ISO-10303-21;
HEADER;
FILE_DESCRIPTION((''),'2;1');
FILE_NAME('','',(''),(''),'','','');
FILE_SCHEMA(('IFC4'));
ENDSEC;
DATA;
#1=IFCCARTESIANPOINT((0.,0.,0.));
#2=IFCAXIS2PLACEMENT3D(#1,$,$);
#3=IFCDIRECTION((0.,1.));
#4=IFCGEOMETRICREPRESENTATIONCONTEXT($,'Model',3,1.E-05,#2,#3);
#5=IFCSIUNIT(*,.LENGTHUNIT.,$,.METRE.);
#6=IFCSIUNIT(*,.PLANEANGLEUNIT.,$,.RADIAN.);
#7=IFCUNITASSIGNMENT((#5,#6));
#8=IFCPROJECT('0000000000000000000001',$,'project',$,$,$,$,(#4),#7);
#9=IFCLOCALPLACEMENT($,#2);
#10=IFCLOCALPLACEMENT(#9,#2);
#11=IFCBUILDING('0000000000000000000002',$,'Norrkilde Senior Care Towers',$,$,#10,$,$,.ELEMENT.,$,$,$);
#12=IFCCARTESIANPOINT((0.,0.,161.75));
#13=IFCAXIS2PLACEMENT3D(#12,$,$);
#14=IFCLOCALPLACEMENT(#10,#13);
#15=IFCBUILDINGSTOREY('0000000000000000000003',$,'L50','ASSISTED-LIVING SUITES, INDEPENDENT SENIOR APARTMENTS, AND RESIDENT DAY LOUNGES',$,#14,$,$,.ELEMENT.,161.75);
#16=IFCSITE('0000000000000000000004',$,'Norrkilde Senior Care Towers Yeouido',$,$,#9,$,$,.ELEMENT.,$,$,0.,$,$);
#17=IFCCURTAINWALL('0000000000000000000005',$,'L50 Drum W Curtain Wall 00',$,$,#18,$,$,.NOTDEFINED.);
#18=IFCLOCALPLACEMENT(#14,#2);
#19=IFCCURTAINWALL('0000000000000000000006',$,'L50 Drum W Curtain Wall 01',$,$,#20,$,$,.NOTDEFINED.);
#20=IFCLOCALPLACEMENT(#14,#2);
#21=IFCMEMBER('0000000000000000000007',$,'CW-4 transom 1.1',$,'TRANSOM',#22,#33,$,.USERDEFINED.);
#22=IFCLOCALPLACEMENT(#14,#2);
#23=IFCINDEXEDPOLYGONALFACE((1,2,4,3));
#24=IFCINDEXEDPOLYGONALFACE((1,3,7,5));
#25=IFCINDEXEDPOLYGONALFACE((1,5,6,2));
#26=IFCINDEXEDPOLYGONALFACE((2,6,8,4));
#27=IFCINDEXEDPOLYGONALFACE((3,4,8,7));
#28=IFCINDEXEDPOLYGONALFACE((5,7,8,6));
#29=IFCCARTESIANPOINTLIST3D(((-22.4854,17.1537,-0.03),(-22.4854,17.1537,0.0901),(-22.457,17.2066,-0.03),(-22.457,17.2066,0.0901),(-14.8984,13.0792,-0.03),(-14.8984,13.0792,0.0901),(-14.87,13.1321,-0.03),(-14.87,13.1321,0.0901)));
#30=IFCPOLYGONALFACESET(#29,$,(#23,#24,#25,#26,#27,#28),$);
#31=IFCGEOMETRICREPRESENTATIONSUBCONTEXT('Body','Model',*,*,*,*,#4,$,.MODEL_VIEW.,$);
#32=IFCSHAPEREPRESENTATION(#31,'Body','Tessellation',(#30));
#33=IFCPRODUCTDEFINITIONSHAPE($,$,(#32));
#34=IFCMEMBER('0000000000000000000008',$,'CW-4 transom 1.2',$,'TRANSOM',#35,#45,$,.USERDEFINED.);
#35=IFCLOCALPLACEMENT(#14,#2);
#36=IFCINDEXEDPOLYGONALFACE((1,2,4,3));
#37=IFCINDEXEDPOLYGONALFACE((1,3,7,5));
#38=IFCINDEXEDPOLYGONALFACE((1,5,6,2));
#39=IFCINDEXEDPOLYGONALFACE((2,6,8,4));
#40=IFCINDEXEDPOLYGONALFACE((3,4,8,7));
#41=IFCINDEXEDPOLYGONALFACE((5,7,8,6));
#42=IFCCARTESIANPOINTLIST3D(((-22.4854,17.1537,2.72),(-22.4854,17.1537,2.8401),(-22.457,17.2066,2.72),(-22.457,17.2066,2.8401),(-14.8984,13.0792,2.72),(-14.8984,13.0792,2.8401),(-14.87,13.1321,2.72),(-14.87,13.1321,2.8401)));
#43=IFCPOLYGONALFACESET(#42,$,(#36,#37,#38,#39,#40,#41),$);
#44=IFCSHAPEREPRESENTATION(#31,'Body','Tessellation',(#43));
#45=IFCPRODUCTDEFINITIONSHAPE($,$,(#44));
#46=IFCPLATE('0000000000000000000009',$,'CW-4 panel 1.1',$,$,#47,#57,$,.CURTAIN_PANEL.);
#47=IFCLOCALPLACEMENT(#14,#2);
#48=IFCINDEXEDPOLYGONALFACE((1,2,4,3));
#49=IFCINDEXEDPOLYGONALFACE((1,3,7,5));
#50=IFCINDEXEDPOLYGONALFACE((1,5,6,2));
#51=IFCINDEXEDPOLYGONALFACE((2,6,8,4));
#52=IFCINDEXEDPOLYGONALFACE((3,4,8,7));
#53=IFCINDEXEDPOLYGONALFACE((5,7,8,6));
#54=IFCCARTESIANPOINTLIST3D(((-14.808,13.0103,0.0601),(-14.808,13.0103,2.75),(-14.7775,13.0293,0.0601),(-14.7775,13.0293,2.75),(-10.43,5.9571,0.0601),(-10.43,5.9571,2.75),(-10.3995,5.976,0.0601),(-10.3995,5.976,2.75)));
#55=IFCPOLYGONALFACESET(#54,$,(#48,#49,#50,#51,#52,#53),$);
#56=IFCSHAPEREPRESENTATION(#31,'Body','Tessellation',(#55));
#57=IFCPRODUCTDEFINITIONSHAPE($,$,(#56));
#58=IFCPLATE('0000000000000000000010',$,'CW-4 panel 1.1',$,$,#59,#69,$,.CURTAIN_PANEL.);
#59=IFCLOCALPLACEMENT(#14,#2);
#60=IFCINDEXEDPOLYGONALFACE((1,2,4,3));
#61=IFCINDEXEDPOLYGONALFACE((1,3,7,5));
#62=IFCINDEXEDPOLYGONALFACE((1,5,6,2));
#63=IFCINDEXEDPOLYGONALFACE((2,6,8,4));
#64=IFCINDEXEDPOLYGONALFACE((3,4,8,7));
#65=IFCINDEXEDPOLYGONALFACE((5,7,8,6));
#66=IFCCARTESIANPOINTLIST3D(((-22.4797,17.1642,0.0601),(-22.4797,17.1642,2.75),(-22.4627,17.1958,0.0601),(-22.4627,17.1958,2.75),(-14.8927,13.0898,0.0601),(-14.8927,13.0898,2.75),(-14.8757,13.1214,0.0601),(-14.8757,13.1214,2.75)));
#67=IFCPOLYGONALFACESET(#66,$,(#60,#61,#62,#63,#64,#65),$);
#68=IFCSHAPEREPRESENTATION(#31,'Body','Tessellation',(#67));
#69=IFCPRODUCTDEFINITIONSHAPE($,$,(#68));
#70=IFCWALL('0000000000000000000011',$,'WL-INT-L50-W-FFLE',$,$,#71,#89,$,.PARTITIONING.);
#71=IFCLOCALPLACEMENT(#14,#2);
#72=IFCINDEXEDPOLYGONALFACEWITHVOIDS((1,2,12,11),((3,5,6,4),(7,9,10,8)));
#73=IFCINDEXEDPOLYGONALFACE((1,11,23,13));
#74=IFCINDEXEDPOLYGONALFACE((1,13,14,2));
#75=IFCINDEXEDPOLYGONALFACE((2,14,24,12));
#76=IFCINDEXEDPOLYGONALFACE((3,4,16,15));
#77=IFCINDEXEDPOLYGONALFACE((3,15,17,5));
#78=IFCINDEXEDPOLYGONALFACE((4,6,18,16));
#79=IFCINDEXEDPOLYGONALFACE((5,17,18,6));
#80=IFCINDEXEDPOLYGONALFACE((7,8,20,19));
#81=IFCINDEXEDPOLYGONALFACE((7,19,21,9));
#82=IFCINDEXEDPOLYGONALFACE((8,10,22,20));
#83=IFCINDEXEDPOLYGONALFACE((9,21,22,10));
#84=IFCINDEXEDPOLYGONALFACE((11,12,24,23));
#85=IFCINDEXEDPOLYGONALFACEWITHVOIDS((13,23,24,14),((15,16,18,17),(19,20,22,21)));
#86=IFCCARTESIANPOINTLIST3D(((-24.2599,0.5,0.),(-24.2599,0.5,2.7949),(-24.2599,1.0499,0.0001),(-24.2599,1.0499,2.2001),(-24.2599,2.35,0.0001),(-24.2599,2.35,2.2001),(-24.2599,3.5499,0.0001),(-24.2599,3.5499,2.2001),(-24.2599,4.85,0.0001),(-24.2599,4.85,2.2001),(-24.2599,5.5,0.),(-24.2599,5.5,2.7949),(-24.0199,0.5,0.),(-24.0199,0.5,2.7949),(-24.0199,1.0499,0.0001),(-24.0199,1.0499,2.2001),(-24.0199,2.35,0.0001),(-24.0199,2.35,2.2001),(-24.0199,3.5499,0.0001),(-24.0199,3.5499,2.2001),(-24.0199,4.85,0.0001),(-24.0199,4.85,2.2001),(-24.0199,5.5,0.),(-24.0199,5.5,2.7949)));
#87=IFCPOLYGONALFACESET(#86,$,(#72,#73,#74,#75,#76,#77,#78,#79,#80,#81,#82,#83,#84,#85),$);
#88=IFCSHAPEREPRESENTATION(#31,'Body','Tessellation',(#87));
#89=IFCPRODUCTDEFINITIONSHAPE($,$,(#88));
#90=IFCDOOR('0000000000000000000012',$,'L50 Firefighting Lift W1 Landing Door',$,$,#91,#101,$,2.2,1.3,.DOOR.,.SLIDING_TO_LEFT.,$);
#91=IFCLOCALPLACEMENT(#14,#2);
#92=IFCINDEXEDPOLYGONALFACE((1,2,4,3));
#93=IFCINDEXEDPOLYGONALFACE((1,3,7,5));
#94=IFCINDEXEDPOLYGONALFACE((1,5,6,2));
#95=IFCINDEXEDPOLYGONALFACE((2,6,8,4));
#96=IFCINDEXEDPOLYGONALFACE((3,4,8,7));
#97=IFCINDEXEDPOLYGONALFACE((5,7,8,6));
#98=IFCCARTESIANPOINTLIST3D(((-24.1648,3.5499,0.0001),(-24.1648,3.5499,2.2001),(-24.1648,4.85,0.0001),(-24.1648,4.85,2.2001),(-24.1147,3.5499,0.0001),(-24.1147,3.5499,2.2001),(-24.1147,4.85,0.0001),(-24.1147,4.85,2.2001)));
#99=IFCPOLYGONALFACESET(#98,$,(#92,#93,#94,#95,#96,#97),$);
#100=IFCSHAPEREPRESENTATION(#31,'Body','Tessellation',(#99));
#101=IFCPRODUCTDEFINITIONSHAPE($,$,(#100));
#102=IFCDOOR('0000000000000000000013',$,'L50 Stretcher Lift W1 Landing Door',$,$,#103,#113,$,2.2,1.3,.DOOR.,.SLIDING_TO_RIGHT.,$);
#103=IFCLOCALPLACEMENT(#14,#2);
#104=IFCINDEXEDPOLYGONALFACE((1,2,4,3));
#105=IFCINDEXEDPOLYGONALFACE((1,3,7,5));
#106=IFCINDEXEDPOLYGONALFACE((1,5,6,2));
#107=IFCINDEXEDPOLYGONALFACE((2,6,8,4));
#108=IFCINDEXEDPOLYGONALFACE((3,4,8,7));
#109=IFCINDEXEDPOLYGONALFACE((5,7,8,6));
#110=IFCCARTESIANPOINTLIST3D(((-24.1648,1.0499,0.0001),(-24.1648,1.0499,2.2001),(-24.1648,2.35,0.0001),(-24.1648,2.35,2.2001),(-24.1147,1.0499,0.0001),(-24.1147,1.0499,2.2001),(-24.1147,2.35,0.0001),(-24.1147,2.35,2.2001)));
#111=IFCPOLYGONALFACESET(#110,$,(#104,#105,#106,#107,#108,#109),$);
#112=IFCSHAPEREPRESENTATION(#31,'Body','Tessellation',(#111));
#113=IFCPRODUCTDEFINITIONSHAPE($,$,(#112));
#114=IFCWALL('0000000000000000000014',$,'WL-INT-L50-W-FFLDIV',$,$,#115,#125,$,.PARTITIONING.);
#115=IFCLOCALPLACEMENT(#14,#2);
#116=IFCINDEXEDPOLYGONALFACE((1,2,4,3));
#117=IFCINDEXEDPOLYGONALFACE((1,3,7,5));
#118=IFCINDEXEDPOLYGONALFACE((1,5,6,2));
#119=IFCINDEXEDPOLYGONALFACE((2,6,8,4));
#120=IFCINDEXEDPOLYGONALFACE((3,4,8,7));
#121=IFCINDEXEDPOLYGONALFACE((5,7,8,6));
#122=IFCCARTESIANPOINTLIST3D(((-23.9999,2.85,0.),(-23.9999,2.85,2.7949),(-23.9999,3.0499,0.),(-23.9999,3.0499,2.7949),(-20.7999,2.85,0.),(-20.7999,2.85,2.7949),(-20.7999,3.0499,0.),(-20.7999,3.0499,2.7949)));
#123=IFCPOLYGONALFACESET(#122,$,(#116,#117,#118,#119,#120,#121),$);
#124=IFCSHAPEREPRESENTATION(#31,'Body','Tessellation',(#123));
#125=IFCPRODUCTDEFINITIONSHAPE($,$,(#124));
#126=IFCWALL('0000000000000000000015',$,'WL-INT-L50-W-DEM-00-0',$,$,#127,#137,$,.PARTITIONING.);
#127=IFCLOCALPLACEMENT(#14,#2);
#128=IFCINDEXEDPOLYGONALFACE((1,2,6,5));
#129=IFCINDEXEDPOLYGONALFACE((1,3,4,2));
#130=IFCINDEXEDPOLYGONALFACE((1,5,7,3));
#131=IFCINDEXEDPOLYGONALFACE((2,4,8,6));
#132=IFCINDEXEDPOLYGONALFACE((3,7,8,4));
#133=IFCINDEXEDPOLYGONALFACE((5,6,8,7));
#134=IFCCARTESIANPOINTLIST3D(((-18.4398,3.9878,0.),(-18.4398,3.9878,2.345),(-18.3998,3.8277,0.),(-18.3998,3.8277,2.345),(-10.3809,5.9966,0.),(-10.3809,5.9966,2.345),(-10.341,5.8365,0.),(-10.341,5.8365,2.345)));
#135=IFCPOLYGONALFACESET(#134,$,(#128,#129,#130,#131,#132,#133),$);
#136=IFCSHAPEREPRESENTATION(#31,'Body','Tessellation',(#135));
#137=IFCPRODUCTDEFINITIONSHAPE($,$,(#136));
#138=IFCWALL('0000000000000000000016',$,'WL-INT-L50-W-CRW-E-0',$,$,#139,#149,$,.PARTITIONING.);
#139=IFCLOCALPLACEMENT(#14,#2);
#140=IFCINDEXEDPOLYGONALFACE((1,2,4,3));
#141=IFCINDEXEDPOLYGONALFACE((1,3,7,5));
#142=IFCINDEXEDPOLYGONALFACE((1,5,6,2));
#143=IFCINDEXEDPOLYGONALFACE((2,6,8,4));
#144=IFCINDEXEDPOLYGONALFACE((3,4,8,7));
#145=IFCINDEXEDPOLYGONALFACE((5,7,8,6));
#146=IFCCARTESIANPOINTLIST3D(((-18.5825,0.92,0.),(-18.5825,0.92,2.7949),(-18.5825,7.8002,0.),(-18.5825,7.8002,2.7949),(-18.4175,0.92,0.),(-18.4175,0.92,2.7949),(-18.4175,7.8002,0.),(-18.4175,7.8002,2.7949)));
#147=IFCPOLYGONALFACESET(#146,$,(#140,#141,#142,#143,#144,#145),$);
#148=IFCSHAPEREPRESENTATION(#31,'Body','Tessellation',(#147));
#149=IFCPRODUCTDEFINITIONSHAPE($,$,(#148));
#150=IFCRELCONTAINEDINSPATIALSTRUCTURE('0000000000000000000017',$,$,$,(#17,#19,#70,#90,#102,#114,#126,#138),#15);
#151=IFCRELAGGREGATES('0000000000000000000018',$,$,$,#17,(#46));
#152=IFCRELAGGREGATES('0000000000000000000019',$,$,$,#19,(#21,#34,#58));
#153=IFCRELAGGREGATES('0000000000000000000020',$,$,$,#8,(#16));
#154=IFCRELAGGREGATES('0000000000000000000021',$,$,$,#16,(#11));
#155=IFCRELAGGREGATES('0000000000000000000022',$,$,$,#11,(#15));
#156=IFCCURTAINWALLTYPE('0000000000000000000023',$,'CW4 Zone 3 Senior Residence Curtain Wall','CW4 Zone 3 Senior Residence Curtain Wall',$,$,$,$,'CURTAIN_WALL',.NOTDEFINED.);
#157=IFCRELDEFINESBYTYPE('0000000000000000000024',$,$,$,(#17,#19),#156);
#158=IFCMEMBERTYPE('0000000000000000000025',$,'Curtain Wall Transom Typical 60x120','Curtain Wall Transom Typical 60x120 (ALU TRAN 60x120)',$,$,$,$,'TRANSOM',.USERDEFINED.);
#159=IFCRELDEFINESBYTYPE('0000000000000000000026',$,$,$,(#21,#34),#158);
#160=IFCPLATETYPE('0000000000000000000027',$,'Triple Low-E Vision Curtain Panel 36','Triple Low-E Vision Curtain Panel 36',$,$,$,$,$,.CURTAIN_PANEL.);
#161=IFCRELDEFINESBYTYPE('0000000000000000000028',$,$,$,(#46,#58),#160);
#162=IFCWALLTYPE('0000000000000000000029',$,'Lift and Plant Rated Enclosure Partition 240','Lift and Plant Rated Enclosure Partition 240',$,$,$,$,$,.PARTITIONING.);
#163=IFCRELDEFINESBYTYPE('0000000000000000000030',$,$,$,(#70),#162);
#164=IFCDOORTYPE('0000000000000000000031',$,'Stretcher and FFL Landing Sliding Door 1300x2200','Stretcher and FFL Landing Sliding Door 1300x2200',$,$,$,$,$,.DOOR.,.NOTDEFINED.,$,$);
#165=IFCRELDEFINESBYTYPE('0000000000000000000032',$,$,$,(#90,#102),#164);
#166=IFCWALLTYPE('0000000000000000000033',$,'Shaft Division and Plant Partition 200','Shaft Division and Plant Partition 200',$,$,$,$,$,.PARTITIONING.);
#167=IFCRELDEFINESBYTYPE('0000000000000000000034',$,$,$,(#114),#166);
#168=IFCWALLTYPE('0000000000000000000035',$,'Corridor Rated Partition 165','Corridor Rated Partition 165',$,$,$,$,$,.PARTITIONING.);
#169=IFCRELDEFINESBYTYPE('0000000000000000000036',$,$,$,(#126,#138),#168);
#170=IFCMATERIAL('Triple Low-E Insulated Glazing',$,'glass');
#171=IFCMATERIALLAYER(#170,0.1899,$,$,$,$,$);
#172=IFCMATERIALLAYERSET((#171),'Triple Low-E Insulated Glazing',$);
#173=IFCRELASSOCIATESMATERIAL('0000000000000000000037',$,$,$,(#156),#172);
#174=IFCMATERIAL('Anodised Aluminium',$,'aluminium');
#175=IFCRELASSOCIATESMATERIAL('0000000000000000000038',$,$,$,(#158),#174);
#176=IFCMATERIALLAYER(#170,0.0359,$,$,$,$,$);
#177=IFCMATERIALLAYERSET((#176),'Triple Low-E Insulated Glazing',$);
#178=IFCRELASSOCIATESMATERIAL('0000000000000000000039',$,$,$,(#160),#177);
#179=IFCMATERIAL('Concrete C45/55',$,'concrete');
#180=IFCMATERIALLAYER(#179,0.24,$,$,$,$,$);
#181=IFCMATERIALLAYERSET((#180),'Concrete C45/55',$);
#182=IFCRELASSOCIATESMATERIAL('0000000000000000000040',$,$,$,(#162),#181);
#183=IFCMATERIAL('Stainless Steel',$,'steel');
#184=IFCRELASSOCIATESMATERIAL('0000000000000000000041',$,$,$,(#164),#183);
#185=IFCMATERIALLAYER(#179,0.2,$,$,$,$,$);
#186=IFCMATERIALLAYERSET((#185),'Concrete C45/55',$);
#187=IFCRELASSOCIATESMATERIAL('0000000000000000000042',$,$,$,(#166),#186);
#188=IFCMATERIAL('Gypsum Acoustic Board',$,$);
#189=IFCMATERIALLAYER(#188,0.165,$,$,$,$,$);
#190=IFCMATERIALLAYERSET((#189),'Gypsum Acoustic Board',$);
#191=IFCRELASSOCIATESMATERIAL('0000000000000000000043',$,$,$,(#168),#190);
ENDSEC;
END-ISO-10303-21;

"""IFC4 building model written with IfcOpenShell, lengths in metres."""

from ifc_helpers import new_model, si_unit, direction, frame, frame_2d, origin, origin_2d, place, context, subcontext, project, spatial, rectangle, extrude, source, transform, mapped, material, layer, layer_set, material_profile, profile_set, type_object, type_shapes, element, fill, aggregate, save


model = new_model("IFC4")

# Units and contexts
model_context = context("Model", 3, precision=1e-05, world=origin(), true_north=direction((0.0, 1.0)))
body_context = subcontext(model_context, "Body", "Model", "MODEL_VIEW")
ifc_project = project(units=[si_unit("LENGTHUNIT", "METRE"), si_unit("PLANEANGLEUNIT", "RADIAN")], contexts=[model_context])

# Site, building, storey
site_placement = place(None, origin())
site = spatial("IfcSite", under=ifc_project, at=site_placement, Name="Norrkilde Senior Care Towers Yeouido", CompositionType="ELEMENT", RefElevation=0.0)
building_placement = place(site_placement, origin())
building = spatial("IfcBuilding", under=site, at=building_placement, Name="Norrkilde Senior Care Towers", CompositionType="ELEMENT")
storey_placement = place(building_placement, frame((0.0, 0.0, 161.75)))
storey = spatial("IfcBuildingStorey", under=building, at=storey_placement, Name="L50", Description="ASSISTED-LIVING SUITES, INDEPENDENT SENIOR APARTMENTS, AND RESIDENT DAY LOUNGES", CompositionType="ELEMENT", Elevation=161.75)

# Curtain wall
ifc_material_1 = material(Name="Triple Low-E Insulated Glazing", Category="glass")
ifc_layer_1 = layer(ifc_material_1, 0.1899)
ifc_layer_set_1 = layer_set([ifc_layer_1], Name="Triple Low-E Insulated Glazing")
curtain_wall_type = type_object("IfcCurtainWallType", Name="CW4 Zone 3 Senior Residence Curtain Wall", Description="CW4 Zone 3 Senior Residence Curtain Wall", ElementType="CURTAIN_WALL", PredefinedType="NOTDEFINED", material=ifc_layer_set_1)
curtain_wall_1_placement = place(storey_placement, origin())
curtain_wall_1 = element("IfcCurtainWall", 1, at=curtain_wall_1_placement, inside=storey, type_object=curtain_wall_type, Name="L50 Drum W Curtain Wall 00", PredefinedType="NOTDEFINED")
ifc_material_2 = material(Name="Anodised Aluminium", Category="aluminium")

# Curtain wall
curtain_wall_2_placement = place(storey_placement, origin())
curtain_wall_2 = element("IfcCurtainWall", 2, at=curtain_wall_2_placement, inside=storey, type_object=curtain_wall_type, Name="L50 Drum W Curtain Wall 01", PredefinedType="NOTDEFINED")

# Members
ifc_material_profile_1 = material_profile(ifc_material_2, rectangle(XDim=0.0601, YDim=0.1201, at=origin_2d()), Name="ALU TRAN 60x120")
ifc_profile_set_1 = profile_set([ifc_material_profile_1], Name="Anodised Aluminium")
member_type_1 = type_object("IfcMemberType", Name="Curtain Wall Transom Typical 60x120", Description="Curtain Wall Transom Typical 60x120 (ALU TRAN 60x120)", ElementType="TRANSOM", PredefinedType="USERDEFINED", material=ifc_profile_set_1)
shared_shape_1 = source(origin(), body_context, "Body", "SweptSolid", [
    extrude(rectangle(XDim=0.0601, YDim=0.1201, at=origin_2d()), origin(), (0.0, 0.0, 1.0), 8.6118),
])
member_1_placement = place(storey_placement, frame((-22.4712, 17.1802, 0.03), z_axis=(0.880994, -0.473127, 0.0), x_axis=(0.473127, 0.880994, 0.0)))
member_1 = element("IfcMember", 3, at=member_1_placement, type_object=member_type_1, Name="CW-4 transom 1.1", ObjectType="TRANSOM", PredefinedType="USERDEFINED", context=body_context, shape_type="MappedRepresentation", body=[
    mapped(shared_shape_1, transform((0.0, 0.0, 0.0), x_axis=(1.0, 0.0, 0.0), y_axis=(0.0, 1.0, 0.0), z_axis=(0.0, 0.0, 1.0), scale=1.0)),
])
member_2_placement = place(storey_placement, frame((-22.4712, 17.1802, 2.78), z_axis=(0.880994, -0.473127, 0.0), x_axis=(0.473127, 0.880994, 0.0)))
member_2 = element("IfcMember", 4, at=member_2_placement, type_object=member_type_1, Name="CW-4 transom 1.2", ObjectType="TRANSOM", PredefinedType="USERDEFINED", context=body_context, shape_type="MappedRepresentation", body=[
    mapped(shared_shape_1, transform((0.0, 0.0, 0.0), x_axis=(1.0, 0.0, 0.0), y_axis=(0.0, 1.0, 0.0), z_axis=(0.0, 0.0, 1.0), scale=1.0)),
])

# Plates
ifc_layer_2 = layer(ifc_material_1, 0.0359)
ifc_layer_set_2 = layer_set([ifc_layer_2], Name="Triple Low-E Insulated Glazing")
plate_type = type_object("IfcPlateType", Name="Triple Low-E Vision Curtain Panel 36", Description="Triple Low-E Vision Curtain Panel 36", PredefinedType="CURTAIN_PANEL", material=ifc_layer_set_2)
shared_shape_2 = source(origin(), body_context, "Body", "SweptSolid", [
    extrude(rectangle(XDim=8.3015, YDim=0.0359, at=origin_2d()), origin(), (0.0, 0.0, 1.0), 2.6899),
])
plate_1_placement = place(storey_placement, frame((-12.6038, 9.4932, 0.0601), z_axis=(0.0, 0.0, 1.0), x_axis=(0.527373, -0.849634, 0.0)))
plate_1 = element("IfcPlate", 5, at=plate_1_placement, type_object=plate_type, Name="CW-4 panel 1.1", PredefinedType="CURTAIN_PANEL", context=body_context, shape_type="MappedRepresentation", body=[
    mapped(shared_shape_2, transform((0.0, 0.0, 0.0), x_axis=(1.0, 0.0, 0.0), y_axis=(0.0, 1.0, 0.0), z_axis=(0.0, 0.0, 1.0), scale=1.0)),
])
aggregate(curtain_wall_1, [plate_1])
shared_shape_3 = source(origin(), body_context, "Body", "SweptSolid", [
    extrude(rectangle(XDim=8.6118, YDim=0.0359, at=origin_2d()), origin(), (0.0, 0.0, 1.0), 2.6899),
])
type_shapes(plate_type, [shared_shape_2, shared_shape_3])
plate_2_placement = place(storey_placement, frame((-18.6777, 15.1428, 0.0601), z_axis=(0.0, 0.0, 1.0), x_axis=(0.881, -0.473117, 0.0)))
plate_2 = element("IfcPlate", 6, at=plate_2_placement, type_object=plate_type, Name="CW-4 panel 1.1", PredefinedType="CURTAIN_PANEL", context=body_context, shape_type="MappedRepresentation", body=[
    mapped(shared_shape_3, transform((0.0, 0.0, 0.0), x_axis=(1.0, 0.0, 0.0), y_axis=(0.0, 1.0, 0.0), z_axis=(0.0, 0.0, 1.0), scale=1.0)),
])
aggregate(curtain_wall_2, [member_1, member_2, plate_2])

# Wall, openings, doors
ifc_material_3 = material(Name="Concrete C45/55", Category="concrete")
ifc_layer_3 = layer(ifc_material_3, 0.24)
ifc_layer_set_3 = layer_set([ifc_layer_3], Name="Concrete C45/55")
wall_type_1 = type_object("IfcWallType", Name="Lift and Plant Rated Enclosure Partition 240", Description="Lift and Plant Rated Enclosure Partition 240", PredefinedType="PARTITIONING", material=ifc_layer_set_3)
shared_shape_4 = source(origin(), body_context, "Body", "SweptSolid", [
    extrude(rectangle(XDim=5.0, YDim=0.24, at=frame_2d((2.5, 0.0))), origin(), (0.0, 0.0, 1.0), 2.7949),
])
type_shapes(wall_type_1, [shared_shape_4])
wall_1_placement = place(storey_placement, frame((-24.1399, 0.5, 0.0), z_axis=(0.0, 0.0, 1.0), x_axis=(0.0, 1.0, 0.0)))
wall_1 = element("IfcWall", 7, at=wall_1_placement, inside=storey, type_object=wall_type_1, Name="WL-INT-L50-W-FFLE", PredefinedType="PARTITIONING", context=body_context, shape_type="MappedRepresentation", body=[
    mapped(shared_shape_4, transform((0.0, 0.0, 0.0), x_axis=(1.0, 0.0, 0.0), y_axis=(0.0, 1.0, 0.0), z_axis=(0.0, 0.0, 1.0), scale=1.0)),
])
opening_1_placement = place(wall_1_placement, frame((3.05, 0.0, 0.0)))
opening_1 = element("IfcOpeningElement", 8, at=opening_1_placement, cuts=wall_1, PredefinedType="OPENING", context=body_context, shape_type="SweptSolid", body=[
    extrude(rectangle(XDim=1.3, YDim=2.2, at=frame_2d((0.6499, 1.1001))), frame((0.0, 0.1299, 0.0), z_axis=(0.0, -1.0, 0.0), x_axis=(1.0, 0.0, 0.0)), (0.0, 0.0, 1.0), 0.26),
])
opening_2_placement = place(wall_1_placement, frame((0.55, 0.0, 0.0)))
opening_2 = element("IfcOpeningElement", 9, at=opening_2_placement, cuts=wall_1, PredefinedType="OPENING", context=body_context, shape_type="SweptSolid", body=[
    extrude(rectangle(XDim=1.3, YDim=2.2, at=frame_2d((0.6499, 1.1001))), frame((0.0, 0.1299, 0.0), z_axis=(0.0, -1.0, 0.0), x_axis=(1.0, 0.0, 0.0)), (0.0, 0.0, 1.0), 0.26),
])
ifc_material_4 = material(Name="Stainless Steel", Category="steel")
door_type_1 = type_object("IfcDoorType", Name="Stretcher and FFL Landing Sliding Door 1300x2200", Description="Stretcher and FFL Landing Sliding Door 1300x2200", OperationType="NOTDEFINED", PredefinedType="DOOR", material=ifc_material_4)
shared_shape_5 = source(origin(), body_context, "Body", "SweptSolid", [
    extrude(rectangle(XDim=1.3, YDim=2.2, at=frame_2d((0.6499, 1.1001))), frame((0.0, 0.0249, 0.0), z_axis=(0.0, -1.0, 0.0), x_axis=(1.0, 0.0, 0.0)), (0.0, 0.0, 1.0), 0.05),
])
type_shapes(door_type_1, [shared_shape_5])
door_1_placement = place(opening_1_placement, origin())
door_1 = element("IfcDoor", 10, at=door_1_placement, inside=storey, type_object=door_type_1, Name="L50 Firefighting Lift W1 Landing Door", OperationType="SLIDING_TO_LEFT", OverallHeight=2.2, OverallWidth=1.3, PredefinedType="DOOR", context=body_context, shape_type="MappedRepresentation", body=[
    mapped(shared_shape_5, transform((0.0, 0.0, 0.0), x_axis=(1.0, 0.0, 0.0), y_axis=(0.0, 1.0, 0.0), z_axis=(0.0, 0.0, 1.0), scale=1.0)),
])
fill(opening_1, door_1)
door_2_placement = place(opening_2_placement, origin())
door_2 = element("IfcDoor", 11, at=door_2_placement, inside=storey, type_object=door_type_1, Name="L50 Stretcher Lift W1 Landing Door", OperationType="SLIDING_TO_RIGHT", OverallHeight=2.2, OverallWidth=1.3, PredefinedType="DOOR", context=body_context, shape_type="MappedRepresentation", body=[
    mapped(shared_shape_5, transform((0.0, 0.0, 0.0), x_axis=(1.0, 0.0, 0.0), y_axis=(0.0, 1.0, 0.0), z_axis=(0.0, 0.0, 1.0), scale=1.0)),
])
fill(opening_2, door_2)

# Walls
ifc_layer_4 = layer(ifc_material_3, 0.2)
ifc_layer_set_4 = layer_set([ifc_layer_4], Name="Concrete C45/55")
wall_type_2 = type_object("IfcWallType", Name="Shaft Division and Plant Partition 200", Description="Shaft Division and Plant Partition 200", PredefinedType="PARTITIONING", material=ifc_layer_set_4)
shared_shape_6 = source(origin(), body_context, "Body", "SweptSolid", [
    extrude(rectangle(XDim=3.2, YDim=0.2, at=frame_2d((1.6001, 0.0))), origin(), (0.0, 0.0, 1.0), 2.7949),
])
type_shapes(wall_type_2, [shared_shape_6])
wall_2_placement = place(storey_placement, frame((-24.0, 2.95, 0.0), z_axis=(0.0, 0.0, 1.0), x_axis=(1.0, 0.0, 0.0)))
element("IfcWall", 12, at=wall_2_placement, inside=storey, type_object=wall_type_2, Name="WL-INT-L50-W-FFLDIV", PredefinedType="PARTITIONING", context=body_context, shape_type="MappedRepresentation", body=[
    mapped(shared_shape_6, transform((0.0, 0.0, 0.0), x_axis=(1.0, 0.0, 0.0), y_axis=(0.0, 1.0, 0.0), z_axis=(0.0, 0.0, 1.0), scale=1.0)),
])
ifc_material_5 = material(Name="Gypsum Acoustic Board")
ifc_layer_5 = layer(ifc_material_5, 0.165)
ifc_layer_set_5 = layer_set([ifc_layer_5], Name="Gypsum Acoustic Board")
wall_type_3 = type_object("IfcWallType", Name="Corridor Rated Partition 165", Description="Corridor Rated Partition 165", PredefinedType="PARTITIONING", material=ifc_layer_set_5)
shared_shape_7 = source(origin(), body_context, "Body", "SweptSolid", [
    extrude(rectangle(XDim=8.3054, YDim=0.165, at=frame_2d((4.1528, 0.0))), origin(), (0.0, 0.0, 1.0), 2.345),
])
wall_3_placement = place(storey_placement, frame((-18.4199, 3.9077, 0.0), z_axis=(0.0, 0.0, 1.0), x_axis=(0.97031, 0.241865, 0.0)))
element("IfcWall", 13, at=wall_3_placement, inside=storey, type_object=wall_type_3, Name="WL-INT-L50-W-DEM-00-0", PredefinedType="PARTITIONING", context=body_context, shape_type="MappedRepresentation", body=[
    mapped(shared_shape_7, transform((0.0, 0.0, 0.0), x_axis=(1.0, 0.0, 0.0), y_axis=(0.0, 1.0, 0.0), z_axis=(0.0, 0.0, 1.0), scale=1.0)),
])
shared_shape_8 = source(origin(), body_context, "Body", "SweptSolid", [
    extrude(rectangle(XDim=6.8801, YDim=0.165, at=frame_2d((3.4399, 0.0))), origin(), (0.0, 0.0, 1.0), 2.7949),
])
wall_4_placement = place(storey_placement, frame((-18.5, 7.8, 0.0), z_axis=(0.0, 0.0, 1.0), x_axis=(0.0, -1.0, 0.0)))
element("IfcWall", 14, at=wall_4_placement, inside=storey, type_object=wall_type_3, Name="WL-INT-L50-W-CRW-E-0", PredefinedType="PARTITIONING", context=body_context, shape_type="MappedRepresentation", body=[
    mapped(shared_shape_8, transform((0.0, 0.0, 0.0), x_axis=(1.0, 0.0, 0.0), y_axis=(0.0, 1.0, 0.0), z_axis=(0.0, 0.0, 1.0), scale=1.0)),
])

save(model, "model.ifc")
